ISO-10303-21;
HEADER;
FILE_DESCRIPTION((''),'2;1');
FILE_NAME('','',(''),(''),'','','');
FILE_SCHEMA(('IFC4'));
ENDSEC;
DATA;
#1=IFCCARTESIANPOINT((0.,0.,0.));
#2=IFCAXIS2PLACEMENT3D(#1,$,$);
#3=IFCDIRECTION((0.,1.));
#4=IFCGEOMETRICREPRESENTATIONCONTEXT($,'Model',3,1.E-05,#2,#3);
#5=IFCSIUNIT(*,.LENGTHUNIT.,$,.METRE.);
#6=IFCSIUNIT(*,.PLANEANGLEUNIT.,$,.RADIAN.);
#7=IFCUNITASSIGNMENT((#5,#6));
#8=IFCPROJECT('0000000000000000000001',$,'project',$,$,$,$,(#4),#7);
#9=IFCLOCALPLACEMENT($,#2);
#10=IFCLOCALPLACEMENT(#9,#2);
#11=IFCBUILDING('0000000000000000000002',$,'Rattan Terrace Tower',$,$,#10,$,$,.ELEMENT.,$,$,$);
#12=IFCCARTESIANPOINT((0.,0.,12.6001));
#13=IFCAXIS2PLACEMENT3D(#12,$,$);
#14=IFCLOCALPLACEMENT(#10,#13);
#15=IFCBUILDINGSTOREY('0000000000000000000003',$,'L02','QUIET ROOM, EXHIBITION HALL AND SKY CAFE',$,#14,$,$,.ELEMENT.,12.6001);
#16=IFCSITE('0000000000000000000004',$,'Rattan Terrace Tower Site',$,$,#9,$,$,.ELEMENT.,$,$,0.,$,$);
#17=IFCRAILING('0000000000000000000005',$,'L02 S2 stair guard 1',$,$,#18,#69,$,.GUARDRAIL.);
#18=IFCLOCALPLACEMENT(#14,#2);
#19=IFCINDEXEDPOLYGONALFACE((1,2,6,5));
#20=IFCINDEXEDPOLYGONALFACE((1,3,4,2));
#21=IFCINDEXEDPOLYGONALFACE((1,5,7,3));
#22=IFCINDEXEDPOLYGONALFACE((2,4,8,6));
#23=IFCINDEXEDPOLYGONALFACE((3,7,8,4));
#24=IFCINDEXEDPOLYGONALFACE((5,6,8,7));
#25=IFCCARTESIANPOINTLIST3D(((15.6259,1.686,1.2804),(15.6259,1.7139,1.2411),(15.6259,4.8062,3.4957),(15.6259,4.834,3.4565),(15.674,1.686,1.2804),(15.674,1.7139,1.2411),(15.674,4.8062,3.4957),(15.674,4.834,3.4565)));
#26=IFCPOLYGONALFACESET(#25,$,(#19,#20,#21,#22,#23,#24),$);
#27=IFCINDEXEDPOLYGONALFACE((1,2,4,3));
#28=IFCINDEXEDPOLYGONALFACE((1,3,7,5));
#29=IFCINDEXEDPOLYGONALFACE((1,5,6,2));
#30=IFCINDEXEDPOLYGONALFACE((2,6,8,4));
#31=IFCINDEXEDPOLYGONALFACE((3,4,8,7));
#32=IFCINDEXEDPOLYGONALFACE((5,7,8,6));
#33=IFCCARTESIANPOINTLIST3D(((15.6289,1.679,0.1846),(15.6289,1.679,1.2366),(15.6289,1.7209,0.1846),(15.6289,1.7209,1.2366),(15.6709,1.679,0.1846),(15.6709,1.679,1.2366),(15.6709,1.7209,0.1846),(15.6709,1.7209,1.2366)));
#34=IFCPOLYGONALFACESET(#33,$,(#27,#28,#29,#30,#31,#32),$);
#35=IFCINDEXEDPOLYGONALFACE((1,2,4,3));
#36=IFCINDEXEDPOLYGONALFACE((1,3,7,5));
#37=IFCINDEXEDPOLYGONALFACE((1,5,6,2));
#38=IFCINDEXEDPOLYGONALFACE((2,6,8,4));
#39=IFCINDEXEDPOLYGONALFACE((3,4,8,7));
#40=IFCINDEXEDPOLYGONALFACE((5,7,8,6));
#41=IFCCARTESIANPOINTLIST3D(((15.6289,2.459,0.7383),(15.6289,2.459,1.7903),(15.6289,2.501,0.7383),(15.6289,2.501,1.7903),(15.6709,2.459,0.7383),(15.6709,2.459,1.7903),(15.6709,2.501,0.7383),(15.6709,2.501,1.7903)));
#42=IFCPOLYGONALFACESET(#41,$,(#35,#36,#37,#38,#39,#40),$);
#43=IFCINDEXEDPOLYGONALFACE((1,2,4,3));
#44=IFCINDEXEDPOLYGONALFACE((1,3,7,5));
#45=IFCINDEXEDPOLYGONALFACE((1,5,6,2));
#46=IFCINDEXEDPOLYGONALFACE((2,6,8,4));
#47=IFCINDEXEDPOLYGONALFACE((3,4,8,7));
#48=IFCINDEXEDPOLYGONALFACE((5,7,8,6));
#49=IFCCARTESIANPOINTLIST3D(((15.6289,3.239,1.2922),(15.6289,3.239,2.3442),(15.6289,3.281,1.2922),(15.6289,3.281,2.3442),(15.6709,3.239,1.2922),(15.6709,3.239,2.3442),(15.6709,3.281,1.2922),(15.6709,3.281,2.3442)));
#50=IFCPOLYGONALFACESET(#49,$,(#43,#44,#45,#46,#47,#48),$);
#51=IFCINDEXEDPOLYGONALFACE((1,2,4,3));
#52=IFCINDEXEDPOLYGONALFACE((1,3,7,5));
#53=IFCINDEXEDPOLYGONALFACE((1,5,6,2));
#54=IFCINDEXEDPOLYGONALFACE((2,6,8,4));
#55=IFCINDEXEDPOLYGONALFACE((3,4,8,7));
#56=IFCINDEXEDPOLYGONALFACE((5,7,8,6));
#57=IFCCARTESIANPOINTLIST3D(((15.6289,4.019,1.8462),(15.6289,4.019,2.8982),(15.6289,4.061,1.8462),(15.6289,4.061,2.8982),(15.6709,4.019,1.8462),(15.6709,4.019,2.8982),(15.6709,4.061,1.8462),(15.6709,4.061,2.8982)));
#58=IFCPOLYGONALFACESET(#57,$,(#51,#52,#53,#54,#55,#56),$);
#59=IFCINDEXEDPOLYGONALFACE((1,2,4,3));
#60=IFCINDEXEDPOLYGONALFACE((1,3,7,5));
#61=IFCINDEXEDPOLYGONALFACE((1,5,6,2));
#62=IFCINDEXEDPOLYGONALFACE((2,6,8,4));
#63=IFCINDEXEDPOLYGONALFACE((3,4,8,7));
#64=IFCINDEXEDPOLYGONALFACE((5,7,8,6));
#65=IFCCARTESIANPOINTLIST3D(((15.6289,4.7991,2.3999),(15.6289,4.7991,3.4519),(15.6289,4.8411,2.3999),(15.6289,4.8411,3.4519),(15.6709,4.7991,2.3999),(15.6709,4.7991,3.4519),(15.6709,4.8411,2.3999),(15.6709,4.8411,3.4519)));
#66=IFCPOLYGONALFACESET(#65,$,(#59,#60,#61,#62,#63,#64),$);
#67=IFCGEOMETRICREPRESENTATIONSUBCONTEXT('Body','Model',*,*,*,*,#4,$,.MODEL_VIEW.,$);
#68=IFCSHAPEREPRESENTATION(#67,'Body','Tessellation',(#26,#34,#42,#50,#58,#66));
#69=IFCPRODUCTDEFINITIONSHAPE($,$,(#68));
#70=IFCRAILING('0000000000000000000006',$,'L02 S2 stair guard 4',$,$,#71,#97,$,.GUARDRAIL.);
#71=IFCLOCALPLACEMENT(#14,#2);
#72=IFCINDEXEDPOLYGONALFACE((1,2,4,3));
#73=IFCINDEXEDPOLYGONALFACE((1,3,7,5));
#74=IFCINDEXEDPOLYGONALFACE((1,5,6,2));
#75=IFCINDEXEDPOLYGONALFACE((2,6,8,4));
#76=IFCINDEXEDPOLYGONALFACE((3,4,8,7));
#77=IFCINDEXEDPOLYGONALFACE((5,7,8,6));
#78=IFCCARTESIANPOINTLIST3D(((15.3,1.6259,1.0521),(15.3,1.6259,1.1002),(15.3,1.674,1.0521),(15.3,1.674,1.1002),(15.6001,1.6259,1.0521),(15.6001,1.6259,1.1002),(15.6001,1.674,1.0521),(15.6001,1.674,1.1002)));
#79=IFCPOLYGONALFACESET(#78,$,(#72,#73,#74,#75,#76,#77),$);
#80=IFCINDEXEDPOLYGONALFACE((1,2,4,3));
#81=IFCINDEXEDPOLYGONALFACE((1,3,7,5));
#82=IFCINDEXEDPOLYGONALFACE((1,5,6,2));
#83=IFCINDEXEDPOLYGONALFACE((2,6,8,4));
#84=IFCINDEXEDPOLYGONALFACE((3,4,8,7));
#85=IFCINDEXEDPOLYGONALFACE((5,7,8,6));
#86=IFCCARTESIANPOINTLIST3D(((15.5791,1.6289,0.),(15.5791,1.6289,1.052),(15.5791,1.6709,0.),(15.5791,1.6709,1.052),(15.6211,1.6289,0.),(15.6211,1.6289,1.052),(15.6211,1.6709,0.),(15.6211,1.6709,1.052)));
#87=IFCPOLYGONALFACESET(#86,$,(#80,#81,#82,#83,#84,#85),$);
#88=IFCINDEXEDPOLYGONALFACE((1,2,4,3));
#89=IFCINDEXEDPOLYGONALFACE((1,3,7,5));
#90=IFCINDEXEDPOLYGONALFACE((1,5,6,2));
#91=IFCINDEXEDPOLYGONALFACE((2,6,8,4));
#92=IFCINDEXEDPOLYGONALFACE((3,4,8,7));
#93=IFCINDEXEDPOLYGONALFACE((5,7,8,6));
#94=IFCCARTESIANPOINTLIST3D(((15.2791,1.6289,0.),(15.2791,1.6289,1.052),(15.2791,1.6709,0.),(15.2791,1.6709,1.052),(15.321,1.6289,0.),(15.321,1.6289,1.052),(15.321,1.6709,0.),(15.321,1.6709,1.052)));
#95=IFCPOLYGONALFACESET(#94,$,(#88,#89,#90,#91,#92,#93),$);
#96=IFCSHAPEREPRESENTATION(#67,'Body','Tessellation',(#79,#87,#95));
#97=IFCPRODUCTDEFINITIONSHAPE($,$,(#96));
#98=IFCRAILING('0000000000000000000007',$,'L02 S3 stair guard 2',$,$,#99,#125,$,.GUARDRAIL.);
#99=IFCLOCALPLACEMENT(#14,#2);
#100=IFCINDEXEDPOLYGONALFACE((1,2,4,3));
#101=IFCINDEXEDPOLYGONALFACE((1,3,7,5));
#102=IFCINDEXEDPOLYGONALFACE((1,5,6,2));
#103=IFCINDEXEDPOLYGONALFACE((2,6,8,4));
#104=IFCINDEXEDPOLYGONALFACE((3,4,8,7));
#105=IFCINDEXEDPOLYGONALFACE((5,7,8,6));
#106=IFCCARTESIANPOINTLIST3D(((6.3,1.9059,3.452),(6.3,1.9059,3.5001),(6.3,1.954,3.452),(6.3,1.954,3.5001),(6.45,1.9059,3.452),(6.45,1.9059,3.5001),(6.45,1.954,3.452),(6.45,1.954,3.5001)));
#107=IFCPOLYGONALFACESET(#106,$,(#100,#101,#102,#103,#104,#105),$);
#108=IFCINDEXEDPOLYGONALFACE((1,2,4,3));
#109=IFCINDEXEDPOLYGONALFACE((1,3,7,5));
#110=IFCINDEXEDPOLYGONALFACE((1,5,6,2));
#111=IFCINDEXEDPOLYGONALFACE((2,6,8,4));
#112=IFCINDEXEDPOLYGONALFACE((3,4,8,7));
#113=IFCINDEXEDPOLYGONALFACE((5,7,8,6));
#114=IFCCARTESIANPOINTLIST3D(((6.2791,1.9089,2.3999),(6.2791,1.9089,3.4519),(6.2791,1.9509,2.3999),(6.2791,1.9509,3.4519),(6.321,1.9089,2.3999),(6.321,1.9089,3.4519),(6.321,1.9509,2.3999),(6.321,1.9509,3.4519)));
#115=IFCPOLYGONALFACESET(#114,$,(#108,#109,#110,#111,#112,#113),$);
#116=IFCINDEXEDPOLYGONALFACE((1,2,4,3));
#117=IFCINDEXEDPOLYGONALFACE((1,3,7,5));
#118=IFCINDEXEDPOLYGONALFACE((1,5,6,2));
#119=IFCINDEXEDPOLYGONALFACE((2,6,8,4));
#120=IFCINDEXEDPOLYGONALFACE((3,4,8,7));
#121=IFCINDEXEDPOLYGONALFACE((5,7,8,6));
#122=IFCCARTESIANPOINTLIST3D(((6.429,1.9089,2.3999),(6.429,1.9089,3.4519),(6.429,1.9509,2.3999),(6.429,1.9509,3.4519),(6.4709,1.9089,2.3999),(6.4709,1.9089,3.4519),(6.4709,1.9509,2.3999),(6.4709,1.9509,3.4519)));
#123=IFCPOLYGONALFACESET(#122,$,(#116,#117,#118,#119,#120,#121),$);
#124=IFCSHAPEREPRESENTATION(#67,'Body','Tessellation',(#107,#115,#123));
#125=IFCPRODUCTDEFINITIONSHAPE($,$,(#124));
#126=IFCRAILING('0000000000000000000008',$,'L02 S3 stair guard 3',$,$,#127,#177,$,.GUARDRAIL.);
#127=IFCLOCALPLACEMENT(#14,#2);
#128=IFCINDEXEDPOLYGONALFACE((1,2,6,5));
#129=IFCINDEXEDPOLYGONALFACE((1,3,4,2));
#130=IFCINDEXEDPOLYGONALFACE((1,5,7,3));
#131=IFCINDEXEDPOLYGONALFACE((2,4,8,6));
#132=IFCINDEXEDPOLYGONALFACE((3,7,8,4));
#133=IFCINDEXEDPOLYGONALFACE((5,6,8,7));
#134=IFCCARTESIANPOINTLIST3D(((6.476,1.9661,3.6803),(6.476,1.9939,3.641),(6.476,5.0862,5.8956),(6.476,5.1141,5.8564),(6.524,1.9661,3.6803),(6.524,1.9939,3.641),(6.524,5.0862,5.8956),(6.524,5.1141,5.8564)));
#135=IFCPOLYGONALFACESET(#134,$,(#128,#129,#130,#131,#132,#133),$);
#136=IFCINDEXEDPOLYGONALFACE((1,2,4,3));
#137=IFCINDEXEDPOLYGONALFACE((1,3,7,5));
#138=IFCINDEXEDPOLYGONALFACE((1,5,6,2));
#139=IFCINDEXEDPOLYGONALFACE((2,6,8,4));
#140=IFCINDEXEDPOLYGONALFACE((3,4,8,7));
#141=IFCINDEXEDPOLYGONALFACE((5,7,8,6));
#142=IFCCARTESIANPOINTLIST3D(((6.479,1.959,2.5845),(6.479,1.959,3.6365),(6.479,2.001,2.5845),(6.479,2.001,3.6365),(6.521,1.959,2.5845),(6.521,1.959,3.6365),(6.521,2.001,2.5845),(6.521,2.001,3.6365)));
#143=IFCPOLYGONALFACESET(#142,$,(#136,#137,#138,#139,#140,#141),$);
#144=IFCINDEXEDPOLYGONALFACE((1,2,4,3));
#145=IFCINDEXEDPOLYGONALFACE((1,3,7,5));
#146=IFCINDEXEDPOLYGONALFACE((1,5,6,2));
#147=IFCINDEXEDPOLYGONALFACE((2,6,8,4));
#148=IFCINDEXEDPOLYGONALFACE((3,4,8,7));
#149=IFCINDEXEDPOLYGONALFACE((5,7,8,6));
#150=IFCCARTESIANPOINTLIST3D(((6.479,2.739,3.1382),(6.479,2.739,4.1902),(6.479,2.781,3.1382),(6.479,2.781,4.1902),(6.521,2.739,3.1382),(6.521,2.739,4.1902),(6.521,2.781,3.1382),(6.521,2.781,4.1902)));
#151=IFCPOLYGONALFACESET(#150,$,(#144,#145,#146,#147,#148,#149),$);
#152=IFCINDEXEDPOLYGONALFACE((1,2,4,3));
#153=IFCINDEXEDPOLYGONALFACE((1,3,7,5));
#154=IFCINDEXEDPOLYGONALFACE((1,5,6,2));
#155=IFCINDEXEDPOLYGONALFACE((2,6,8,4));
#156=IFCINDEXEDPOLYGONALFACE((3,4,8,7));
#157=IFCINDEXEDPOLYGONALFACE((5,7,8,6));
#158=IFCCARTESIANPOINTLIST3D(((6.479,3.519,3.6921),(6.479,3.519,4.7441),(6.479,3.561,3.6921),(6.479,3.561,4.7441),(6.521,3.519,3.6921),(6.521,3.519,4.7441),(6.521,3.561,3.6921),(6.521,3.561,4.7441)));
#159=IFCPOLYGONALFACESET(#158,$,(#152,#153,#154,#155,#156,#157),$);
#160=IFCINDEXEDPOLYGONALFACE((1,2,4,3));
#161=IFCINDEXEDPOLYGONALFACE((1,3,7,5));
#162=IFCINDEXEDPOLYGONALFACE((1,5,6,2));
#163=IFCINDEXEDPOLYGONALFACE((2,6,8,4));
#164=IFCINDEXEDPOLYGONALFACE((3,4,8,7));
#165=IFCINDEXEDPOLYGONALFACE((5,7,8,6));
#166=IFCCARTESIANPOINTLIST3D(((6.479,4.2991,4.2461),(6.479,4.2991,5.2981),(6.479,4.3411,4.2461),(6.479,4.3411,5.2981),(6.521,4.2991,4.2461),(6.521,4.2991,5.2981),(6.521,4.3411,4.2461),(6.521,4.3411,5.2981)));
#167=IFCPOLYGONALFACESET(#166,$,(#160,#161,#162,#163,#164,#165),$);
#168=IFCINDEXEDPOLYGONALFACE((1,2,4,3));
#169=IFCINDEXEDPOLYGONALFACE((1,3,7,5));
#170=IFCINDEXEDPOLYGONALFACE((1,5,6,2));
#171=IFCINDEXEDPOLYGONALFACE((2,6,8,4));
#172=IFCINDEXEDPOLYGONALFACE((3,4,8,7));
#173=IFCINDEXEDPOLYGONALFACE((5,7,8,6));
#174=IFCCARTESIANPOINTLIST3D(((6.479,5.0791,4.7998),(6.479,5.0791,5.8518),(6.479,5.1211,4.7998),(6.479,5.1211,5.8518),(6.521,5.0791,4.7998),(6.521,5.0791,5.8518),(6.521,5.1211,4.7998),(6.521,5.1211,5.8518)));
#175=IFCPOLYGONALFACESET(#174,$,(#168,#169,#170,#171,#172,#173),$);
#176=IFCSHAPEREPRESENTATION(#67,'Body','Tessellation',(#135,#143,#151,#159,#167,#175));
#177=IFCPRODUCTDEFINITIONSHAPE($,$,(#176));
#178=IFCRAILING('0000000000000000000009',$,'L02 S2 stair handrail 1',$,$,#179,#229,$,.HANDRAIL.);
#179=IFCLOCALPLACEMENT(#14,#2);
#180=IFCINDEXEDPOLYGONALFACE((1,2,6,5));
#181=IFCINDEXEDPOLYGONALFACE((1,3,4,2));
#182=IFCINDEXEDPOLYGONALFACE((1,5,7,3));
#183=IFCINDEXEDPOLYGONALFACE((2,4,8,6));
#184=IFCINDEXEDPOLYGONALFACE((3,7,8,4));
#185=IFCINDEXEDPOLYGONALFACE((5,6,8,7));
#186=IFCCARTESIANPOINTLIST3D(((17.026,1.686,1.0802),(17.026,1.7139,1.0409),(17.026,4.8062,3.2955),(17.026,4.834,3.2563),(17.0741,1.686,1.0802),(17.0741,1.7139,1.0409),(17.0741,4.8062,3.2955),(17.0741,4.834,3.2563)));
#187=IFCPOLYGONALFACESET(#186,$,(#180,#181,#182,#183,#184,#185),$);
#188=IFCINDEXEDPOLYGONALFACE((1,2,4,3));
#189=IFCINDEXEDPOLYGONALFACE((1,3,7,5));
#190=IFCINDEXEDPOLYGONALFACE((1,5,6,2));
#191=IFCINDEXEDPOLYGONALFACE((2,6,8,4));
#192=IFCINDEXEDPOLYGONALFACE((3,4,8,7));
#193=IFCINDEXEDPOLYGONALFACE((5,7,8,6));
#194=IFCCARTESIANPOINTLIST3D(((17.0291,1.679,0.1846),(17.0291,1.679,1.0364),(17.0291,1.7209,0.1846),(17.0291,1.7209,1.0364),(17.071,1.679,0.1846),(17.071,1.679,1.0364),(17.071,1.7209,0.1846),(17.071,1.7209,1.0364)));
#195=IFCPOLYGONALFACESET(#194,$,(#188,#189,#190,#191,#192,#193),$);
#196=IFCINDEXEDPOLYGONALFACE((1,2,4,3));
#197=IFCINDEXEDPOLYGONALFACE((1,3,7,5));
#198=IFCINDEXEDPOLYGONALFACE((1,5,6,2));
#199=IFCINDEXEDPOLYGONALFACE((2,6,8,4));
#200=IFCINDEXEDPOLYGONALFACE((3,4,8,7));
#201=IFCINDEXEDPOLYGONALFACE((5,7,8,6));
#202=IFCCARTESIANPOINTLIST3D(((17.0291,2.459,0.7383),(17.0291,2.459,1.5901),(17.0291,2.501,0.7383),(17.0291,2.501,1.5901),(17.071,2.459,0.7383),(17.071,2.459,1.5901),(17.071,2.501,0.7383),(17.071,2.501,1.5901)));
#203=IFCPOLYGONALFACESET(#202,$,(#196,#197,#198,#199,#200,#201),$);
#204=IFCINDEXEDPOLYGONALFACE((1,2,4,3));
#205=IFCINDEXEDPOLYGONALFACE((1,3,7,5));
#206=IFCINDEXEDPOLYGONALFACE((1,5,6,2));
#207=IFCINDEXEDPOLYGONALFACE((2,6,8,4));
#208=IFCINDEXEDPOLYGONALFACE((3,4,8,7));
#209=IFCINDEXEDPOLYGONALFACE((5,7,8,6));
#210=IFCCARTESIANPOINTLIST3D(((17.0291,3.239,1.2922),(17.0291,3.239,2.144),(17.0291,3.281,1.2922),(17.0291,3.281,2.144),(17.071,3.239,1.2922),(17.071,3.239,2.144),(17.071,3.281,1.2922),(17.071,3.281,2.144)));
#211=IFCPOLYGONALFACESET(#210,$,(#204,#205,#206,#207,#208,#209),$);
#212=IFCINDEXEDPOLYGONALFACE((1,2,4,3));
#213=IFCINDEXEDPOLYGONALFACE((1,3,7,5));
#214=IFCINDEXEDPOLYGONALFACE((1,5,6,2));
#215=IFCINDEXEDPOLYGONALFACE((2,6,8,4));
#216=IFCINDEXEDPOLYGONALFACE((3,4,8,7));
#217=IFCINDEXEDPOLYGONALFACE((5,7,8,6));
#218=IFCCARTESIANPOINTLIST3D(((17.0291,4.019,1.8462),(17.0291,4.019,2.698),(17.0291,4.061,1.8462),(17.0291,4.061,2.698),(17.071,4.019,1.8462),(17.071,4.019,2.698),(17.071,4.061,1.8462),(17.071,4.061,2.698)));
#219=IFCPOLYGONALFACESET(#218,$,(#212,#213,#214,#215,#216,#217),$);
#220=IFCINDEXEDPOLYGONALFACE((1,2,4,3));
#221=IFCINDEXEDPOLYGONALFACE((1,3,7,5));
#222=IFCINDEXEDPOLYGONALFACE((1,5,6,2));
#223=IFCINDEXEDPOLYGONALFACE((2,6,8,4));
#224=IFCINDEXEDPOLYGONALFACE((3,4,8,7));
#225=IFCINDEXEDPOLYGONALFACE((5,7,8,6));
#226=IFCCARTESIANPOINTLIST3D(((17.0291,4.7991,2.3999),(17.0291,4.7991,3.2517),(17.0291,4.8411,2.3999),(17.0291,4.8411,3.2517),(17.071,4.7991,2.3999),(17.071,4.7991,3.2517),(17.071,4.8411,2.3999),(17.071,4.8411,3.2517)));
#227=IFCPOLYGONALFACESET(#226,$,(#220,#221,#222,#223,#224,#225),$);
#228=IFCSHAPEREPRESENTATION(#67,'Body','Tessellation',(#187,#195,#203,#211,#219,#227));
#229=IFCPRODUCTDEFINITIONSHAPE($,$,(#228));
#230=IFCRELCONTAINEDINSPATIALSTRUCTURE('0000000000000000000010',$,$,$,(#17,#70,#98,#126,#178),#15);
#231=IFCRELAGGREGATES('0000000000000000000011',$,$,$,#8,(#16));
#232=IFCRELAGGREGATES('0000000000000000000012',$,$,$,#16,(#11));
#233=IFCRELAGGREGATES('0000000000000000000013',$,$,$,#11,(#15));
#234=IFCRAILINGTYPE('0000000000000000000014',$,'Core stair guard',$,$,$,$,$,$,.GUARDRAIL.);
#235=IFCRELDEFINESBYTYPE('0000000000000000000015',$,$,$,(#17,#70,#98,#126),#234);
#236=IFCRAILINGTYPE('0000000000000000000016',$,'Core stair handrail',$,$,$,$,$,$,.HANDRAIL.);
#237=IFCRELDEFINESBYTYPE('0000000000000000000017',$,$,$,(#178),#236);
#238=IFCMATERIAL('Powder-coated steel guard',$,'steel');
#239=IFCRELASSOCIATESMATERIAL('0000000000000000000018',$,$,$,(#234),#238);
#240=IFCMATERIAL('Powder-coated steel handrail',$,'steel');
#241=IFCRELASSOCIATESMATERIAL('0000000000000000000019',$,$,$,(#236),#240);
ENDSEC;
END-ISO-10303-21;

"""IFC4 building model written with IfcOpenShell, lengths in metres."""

from ifc_helpers import new_model, si_unit, direction, frame, origin, origin_2d, place, context, subcontext, project, spatial, rectangle, extrude, material, type_object, element, save


model = new_model("IFC4")

# Units and contexts
model_context = context("Model", 3, precision=1e-05, world=origin(), true_north=direction((0.0, 1.0)))
body_context = subcontext(model_context, "Body", "Model", "MODEL_VIEW")
ifc_project = project(units=[si_unit("LENGTHUNIT", "METRE"), si_unit("PLANEANGLEUNIT", "RADIAN")], contexts=[model_context])

# Site, building, storey
site_placement = place(None, origin())
site = spatial("IfcSite", under=ifc_project, at=site_placement, Name="Rattan Terrace Tower Site", CompositionType="ELEMENT", RefElevation=0.0)
building_placement = place(site_placement, origin())
building = spatial("IfcBuilding", under=site, at=building_placement, Name="Rattan Terrace Tower", CompositionType="ELEMENT")
storey_placement = place(building_placement, frame((0.0, 0.0, 12.6001)))
storey = spatial("IfcBuildingStorey", under=building, at=storey_placement, Name="L02", Description="QUIET ROOM, EXHIBITION HALL AND SKY CAFE", CompositionType="ELEMENT", Elevation=12.6001)

# Railings
ifc_material_1 = material(Name="Powder-coated steel guard", Category="steel")
railing_type_1 = type_object("IfcRailingType", Name="Core stair guard", PredefinedType="GUARDRAIL", material=ifc_material_1)
railing_1_placement = place(storey_placement, frame((15.6499, 1.7, 0.1846)))
element("IfcRailing", 1, at=railing_1_placement, inside=storey, type_object=railing_type_1, Name="L02 S2 stair guard 1", PredefinedType="GUARDRAIL", context=body_context, shape_type="SweptSolid", body=[
    extrude(rectangle(XDim=0.0481, YDim=0.0481, at=origin_2d()), frame((0.0, 0.0, 1.0762), z_axis=(0.0, 0.815377, 0.57893), x_axis=(-1.0, 0.0, 0.0)), (0.0, 0.0, 1.0), 3.8267),
    extrude(rectangle(XDim=0.042, YDim=0.042, at=origin_2d()), origin(), (0.0, 0.0, 1.0), 1.052),
    extrude(rectangle(XDim=0.042, YDim=0.042, at=origin_2d()), frame((0.0, 0.78, 0.5537)), (0.0, 0.0, 1.0), 1.052),
    extrude(rectangle(XDim=0.042, YDim=0.042, at=origin_2d()), frame((0.0, 1.5601, 1.1077)), (0.0, 0.0, 1.0), 1.052),
    extrude(rectangle(XDim=0.042, YDim=0.042, at=origin_2d()), frame((0.0, 2.3401, 1.6616)), (0.0, 0.0, 1.0), 1.052),
    extrude(rectangle(XDim=0.042, YDim=0.042, at=origin_2d()), frame((0.0, 3.1201, 2.2153)), (0.0, 0.0, 1.0), 1.052),
])
railing_2_placement = place(storey_placement, frame((15.6001, 1.6499, 0.0)))
element("IfcRailing", 2, at=railing_2_placement, inside=storey, type_object=railing_type_1, Name="L02 S2 stair guard 4", PredefinedType="GUARDRAIL", context=body_context, shape_type="SweptSolid", body=[
    extrude(rectangle(XDim=0.0481, YDim=0.0481, at=origin_2d()), frame((0.0, 0.0, 1.0762), z_axis=(-1.0, 0.0, 0.0), x_axis=(0.0, -1.0, 0.0)), (0.0, 0.0, 1.0), 0.3),
    extrude(rectangle(XDim=0.042, YDim=0.042, at=origin_2d()), origin(), (0.0, 0.0, 1.0), 1.052),
    extrude(rectangle(XDim=0.042, YDim=0.042, at=origin_2d()), frame((-0.3, 0.0, 0.0)), (0.0, 0.0, 1.0), 1.052),
])
railing_3_placement = place(storey_placement, frame((6.3, 1.9299, 2.3999)))
element("IfcRailing", 3, at=railing_3_placement, inside=storey, type_object=railing_type_1, Name="L02 S3 stair guard 2", PredefinedType="GUARDRAIL", context=body_context, shape_type="SweptSolid", body=[
    extrude(rectangle(XDim=0.0481, YDim=0.0481, at=origin_2d()), frame((0.0, 0.0, 1.0762), z_axis=(1.0, 0.0, 0.0), x_axis=(0.0, 1.0, 0.0)), (0.0, 0.0, 1.0), 0.1499),
    extrude(rectangle(XDim=0.042, YDim=0.042, at=origin_2d()), origin(), (0.0, 0.0, 1.0), 1.052),
    extrude(rectangle(XDim=0.042, YDim=0.042, at=origin_2d()), frame((0.1499, 0.0, 0.0)), (0.0, 0.0, 1.0), 1.052),
])
railing_4_placement = place(storey_placement, frame((6.5, 1.98, 2.5845)))
element("IfcRailing", 4, at=railing_4_placement, inside=storey, type_object=railing_type_1, Name="L02 S3 stair guard 3", PredefinedType="GUARDRAIL", context=body_context, shape_type="SweptSolid", body=[
    extrude(rectangle(XDim=0.0481, YDim=0.0481, at=origin_2d()), frame((0.0, 0.0, 1.0762), z_axis=(0.0, 0.815377, 0.57893), x_axis=(-1.0, 0.0, 0.0)), (0.0, 0.0, 1.0), 3.8267),
    extrude(rectangle(XDim=0.042, YDim=0.042, at=origin_2d()), origin(), (0.0, 0.0, 1.0), 1.052),
    extrude(rectangle(XDim=0.042, YDim=0.042, at=origin_2d()), frame((0.0, 0.78, 0.5537)), (0.0, 0.0, 1.0), 1.052),
    extrude(rectangle(XDim=0.042, YDim=0.042, at=origin_2d()), frame((0.0, 1.5601, 1.1077)), (0.0, 0.0, 1.0), 1.052),
    extrude(rectangle(XDim=0.042, YDim=0.042, at=origin_2d()), frame((0.0, 2.3401, 1.6616)), (0.0, 0.0, 1.0), 1.052),
    extrude(rectangle(XDim=0.042, YDim=0.042, at=origin_2d()), frame((0.0, 3.1201, 2.2153)), (0.0, 0.0, 1.0), 1.052),
])
ifc_material_2 = material(Name="Powder-coated steel handrail", Category="steel")
railing_type_2 = type_object("IfcRailingType", Name="Core stair handrail", PredefinedType="HANDRAIL", material=ifc_material_2)
railing_5_placement = place(storey_placement, frame((17.05, 1.7, 0.1846)))
element("IfcRailing", 5, at=railing_5_placement, inside=storey, type_object=railing_type_2, Name="L02 S2 stair handrail 1", PredefinedType="HANDRAIL", context=body_context, shape_type="SweptSolid", body=[
    extrude(rectangle(XDim=0.0481, YDim=0.0481, at=origin_2d()), frame((0.0, 0.0, 0.876), z_axis=(0.0, 0.815377, 0.57893), x_axis=(-1.0, 0.0, 0.0)), (0.0, 0.0, 1.0), 3.8267),
    extrude(rectangle(XDim=0.042, YDim=0.042, at=origin_2d()), origin(), (0.0, 0.0, 1.0), 0.8518),
    extrude(rectangle(XDim=0.042, YDim=0.042, at=origin_2d()), frame((0.0, 0.78, 0.5537)), (0.0, 0.0, 1.0), 0.8518),
    extrude(rectangle(XDim=0.042, YDim=0.042, at=origin_2d()), frame((0.0, 1.5601, 1.1077)), (0.0, 0.0, 1.0), 0.8518),
    extrude(rectangle(XDim=0.042, YDim=0.042, at=origin_2d()), frame((0.0, 2.3401, 1.6616)), (0.0, 0.0, 1.0), 0.8518),
    extrude(rectangle(XDim=0.042, YDim=0.042, at=origin_2d()), frame((0.0, 3.1201, 2.2153)), (0.0, 0.0, 1.0), 0.8518),
])

save(model, "model.ifc")
